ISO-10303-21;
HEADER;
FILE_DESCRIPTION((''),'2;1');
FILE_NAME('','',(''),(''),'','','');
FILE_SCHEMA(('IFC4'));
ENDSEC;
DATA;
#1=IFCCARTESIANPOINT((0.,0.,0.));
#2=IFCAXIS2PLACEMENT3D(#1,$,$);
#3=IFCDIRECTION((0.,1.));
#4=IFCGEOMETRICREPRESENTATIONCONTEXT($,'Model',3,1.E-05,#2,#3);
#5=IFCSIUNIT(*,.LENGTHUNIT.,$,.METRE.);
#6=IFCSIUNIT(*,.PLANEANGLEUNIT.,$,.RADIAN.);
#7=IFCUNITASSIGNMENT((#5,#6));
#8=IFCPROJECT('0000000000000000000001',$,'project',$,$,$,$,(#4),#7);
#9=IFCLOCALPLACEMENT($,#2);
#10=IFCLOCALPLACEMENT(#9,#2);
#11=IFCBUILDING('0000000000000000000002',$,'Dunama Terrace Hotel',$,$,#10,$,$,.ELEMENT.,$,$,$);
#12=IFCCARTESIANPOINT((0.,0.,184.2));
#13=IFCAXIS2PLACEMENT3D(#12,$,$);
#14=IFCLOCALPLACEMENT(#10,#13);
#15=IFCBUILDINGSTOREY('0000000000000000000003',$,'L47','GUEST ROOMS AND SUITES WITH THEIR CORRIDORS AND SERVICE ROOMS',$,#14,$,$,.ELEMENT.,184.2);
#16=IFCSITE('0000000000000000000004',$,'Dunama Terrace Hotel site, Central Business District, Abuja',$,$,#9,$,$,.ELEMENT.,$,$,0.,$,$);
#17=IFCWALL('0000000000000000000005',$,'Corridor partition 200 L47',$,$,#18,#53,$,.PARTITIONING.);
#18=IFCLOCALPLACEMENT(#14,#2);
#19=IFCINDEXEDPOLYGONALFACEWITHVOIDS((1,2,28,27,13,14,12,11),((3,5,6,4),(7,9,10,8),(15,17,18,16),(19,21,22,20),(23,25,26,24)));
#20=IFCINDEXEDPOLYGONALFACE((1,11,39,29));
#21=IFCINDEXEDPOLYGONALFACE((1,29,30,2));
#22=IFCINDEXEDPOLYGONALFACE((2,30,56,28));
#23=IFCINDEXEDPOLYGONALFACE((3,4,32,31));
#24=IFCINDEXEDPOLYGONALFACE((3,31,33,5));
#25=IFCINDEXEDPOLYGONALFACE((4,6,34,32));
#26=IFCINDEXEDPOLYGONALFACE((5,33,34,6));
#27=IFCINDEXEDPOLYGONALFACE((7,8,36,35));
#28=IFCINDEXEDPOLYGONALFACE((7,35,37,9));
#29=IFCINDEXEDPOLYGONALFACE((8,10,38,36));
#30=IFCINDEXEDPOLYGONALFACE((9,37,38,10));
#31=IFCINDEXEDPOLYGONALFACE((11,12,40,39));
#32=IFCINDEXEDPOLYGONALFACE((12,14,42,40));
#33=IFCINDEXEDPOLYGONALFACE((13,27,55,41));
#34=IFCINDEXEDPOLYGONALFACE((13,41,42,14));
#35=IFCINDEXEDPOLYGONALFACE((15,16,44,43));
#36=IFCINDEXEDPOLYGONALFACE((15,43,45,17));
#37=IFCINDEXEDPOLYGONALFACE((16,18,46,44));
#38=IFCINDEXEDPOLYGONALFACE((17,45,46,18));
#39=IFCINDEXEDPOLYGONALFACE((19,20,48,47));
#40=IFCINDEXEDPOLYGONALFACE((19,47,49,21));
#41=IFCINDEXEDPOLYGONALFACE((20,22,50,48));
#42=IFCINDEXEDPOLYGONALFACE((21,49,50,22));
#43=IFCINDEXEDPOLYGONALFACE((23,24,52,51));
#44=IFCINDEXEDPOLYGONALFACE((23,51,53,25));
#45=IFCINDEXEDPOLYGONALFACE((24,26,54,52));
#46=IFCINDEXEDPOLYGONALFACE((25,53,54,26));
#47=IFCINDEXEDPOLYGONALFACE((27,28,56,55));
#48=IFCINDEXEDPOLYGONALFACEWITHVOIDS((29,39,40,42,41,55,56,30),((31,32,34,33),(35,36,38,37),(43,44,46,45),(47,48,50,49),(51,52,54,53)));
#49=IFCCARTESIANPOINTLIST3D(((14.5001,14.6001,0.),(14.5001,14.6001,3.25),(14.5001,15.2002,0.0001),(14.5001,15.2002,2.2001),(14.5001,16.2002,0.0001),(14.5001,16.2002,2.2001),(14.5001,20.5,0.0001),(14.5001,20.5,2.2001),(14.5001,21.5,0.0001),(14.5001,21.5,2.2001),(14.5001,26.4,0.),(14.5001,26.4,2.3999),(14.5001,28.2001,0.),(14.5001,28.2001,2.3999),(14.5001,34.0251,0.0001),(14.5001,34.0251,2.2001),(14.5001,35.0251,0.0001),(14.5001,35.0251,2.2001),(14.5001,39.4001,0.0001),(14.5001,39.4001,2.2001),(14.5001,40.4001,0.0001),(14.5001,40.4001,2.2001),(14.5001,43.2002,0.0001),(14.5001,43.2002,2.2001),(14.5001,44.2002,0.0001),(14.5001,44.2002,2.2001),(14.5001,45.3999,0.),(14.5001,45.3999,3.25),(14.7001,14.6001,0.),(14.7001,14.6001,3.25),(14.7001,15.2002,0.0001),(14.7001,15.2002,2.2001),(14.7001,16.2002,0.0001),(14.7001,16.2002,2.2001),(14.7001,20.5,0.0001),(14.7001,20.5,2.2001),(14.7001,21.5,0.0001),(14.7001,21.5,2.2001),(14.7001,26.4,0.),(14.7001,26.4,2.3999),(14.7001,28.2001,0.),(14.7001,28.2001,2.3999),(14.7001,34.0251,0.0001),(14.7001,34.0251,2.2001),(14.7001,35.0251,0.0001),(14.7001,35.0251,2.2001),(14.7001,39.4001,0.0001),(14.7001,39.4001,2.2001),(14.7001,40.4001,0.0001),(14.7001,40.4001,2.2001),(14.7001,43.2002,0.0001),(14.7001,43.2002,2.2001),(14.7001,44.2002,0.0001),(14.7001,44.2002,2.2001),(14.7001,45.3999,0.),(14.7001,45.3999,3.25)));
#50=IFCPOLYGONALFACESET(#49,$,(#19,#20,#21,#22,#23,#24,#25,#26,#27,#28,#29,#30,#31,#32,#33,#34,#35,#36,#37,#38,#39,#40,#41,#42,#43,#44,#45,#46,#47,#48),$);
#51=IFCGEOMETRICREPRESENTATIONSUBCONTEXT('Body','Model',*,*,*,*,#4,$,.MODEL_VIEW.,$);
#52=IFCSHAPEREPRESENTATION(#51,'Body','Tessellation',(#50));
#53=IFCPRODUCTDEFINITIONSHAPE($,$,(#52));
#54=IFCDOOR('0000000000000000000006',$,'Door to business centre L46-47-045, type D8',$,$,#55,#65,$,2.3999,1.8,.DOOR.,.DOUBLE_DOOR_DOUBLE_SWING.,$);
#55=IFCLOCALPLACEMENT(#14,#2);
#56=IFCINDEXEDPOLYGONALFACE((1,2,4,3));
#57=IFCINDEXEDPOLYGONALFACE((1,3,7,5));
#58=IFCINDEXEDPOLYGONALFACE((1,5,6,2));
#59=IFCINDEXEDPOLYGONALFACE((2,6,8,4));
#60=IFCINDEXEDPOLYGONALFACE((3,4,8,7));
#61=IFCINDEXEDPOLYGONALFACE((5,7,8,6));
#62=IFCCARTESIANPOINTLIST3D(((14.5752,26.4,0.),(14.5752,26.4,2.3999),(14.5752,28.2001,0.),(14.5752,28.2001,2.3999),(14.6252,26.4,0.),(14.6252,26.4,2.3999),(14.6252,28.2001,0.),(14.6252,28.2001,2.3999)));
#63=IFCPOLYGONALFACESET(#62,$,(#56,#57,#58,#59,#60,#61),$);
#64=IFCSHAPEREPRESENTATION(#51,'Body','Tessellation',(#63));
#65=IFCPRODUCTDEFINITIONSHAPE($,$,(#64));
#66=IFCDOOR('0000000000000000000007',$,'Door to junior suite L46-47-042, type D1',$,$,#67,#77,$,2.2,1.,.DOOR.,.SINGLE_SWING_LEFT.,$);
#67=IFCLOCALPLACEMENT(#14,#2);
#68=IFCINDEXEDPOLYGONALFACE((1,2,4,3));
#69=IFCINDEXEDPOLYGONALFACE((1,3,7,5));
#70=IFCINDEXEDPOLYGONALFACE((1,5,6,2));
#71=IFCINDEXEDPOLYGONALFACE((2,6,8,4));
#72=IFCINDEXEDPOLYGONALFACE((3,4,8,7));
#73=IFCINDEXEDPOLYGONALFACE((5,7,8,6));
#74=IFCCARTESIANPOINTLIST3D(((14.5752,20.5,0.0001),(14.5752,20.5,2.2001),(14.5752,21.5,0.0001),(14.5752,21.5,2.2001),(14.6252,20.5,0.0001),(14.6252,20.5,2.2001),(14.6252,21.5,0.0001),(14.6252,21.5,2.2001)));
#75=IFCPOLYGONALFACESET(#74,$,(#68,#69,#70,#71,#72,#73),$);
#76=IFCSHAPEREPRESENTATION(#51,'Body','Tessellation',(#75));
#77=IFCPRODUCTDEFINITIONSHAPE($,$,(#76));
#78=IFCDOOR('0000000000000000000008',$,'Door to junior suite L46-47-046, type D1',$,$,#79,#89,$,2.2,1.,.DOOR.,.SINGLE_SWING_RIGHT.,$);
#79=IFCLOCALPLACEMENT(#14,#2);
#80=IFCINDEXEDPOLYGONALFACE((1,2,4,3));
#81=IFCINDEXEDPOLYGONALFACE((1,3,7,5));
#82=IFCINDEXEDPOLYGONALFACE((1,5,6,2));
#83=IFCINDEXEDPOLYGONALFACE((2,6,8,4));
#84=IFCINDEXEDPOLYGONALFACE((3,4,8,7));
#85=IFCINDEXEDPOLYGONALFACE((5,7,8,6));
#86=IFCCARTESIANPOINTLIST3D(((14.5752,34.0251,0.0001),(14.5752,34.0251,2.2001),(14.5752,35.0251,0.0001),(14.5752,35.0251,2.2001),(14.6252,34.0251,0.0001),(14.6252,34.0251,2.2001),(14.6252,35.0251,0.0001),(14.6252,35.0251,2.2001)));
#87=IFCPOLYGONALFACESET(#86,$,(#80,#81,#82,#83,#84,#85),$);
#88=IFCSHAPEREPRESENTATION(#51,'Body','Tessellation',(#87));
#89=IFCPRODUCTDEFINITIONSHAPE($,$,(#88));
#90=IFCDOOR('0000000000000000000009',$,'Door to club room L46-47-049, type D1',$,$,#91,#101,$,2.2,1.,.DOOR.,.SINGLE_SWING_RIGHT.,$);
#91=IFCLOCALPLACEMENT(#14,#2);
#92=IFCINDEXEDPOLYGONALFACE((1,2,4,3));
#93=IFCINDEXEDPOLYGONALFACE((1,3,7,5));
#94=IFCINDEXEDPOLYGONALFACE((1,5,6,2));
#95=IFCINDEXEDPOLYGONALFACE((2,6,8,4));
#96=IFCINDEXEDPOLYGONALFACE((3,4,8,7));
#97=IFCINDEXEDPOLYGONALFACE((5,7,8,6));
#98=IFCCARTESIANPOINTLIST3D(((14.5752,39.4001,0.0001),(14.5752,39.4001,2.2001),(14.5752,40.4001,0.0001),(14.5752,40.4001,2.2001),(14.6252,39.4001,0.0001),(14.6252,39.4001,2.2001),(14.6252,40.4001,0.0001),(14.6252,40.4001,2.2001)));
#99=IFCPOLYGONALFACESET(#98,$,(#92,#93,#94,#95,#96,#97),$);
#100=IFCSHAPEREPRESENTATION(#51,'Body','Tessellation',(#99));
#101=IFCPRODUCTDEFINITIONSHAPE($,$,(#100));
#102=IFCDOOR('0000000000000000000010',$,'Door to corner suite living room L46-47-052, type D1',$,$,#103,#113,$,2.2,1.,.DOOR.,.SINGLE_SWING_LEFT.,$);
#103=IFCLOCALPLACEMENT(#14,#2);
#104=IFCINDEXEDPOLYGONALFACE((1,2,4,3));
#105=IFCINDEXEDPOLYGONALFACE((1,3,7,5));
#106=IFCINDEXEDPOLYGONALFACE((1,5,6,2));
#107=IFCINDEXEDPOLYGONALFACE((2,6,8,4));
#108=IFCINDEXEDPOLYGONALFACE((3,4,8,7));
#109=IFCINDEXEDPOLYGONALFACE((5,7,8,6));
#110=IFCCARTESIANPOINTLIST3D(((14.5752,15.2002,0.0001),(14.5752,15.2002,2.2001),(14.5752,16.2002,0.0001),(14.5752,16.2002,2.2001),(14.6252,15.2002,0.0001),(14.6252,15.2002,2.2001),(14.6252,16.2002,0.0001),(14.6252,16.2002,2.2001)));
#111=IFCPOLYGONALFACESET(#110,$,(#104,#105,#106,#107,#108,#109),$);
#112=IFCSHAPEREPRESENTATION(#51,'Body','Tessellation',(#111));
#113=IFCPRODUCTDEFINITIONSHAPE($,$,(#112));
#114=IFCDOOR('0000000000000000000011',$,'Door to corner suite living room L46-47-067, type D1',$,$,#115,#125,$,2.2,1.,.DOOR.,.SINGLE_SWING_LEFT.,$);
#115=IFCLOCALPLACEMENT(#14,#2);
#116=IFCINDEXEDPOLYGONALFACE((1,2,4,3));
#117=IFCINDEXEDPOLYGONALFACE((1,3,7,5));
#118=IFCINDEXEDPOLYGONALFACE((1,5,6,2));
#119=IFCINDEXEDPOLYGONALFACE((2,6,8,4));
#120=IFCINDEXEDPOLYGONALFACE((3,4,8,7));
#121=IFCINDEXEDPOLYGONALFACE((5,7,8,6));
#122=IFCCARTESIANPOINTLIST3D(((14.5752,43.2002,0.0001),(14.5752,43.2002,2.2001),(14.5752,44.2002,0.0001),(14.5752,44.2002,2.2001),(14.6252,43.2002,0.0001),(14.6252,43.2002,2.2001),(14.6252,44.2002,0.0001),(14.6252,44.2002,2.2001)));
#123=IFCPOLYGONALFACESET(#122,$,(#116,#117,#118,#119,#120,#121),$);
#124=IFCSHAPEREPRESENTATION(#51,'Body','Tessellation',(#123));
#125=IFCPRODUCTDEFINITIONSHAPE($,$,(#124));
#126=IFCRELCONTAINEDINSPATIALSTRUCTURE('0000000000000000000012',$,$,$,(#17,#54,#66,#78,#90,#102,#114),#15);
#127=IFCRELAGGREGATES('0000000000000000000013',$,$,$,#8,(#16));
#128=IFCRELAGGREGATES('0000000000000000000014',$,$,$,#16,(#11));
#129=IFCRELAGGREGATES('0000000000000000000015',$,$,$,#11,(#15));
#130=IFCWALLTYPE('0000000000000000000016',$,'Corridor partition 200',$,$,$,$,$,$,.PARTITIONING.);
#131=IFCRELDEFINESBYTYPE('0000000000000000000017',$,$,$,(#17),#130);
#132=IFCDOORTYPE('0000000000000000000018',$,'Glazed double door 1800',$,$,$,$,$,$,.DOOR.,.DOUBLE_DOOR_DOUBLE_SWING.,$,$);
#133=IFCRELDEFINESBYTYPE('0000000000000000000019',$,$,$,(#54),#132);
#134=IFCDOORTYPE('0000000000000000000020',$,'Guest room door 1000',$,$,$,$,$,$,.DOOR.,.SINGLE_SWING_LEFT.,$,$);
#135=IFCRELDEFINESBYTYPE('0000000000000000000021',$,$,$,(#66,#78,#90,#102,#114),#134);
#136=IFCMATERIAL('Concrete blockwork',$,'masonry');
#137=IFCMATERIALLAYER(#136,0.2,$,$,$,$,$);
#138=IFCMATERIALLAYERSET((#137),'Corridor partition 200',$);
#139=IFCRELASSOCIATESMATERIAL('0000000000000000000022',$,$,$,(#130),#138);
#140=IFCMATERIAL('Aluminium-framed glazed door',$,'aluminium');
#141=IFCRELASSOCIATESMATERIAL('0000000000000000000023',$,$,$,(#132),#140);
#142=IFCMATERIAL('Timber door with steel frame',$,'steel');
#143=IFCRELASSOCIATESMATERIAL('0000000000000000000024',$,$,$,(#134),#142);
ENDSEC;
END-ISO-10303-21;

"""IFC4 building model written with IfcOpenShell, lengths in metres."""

from ifc_helpers import new_model, si_unit, direction, frame, frame_2d, origin, place, context, subcontext, project, spatial, rectangle, extrude, material, layer, layer_set, type_object, element, fill, save


model = new_model("IFC4")

# Units and contexts
model_context = context("Model", 3, precision=1e-05, world=origin(), true_north=direction((0.0, 1.0)))
body_context = subcontext(model_context, "Body", "Model", "MODEL_VIEW")
ifc_project = project(units=[si_unit("LENGTHUNIT", "METRE"), si_unit("PLANEANGLEUNIT", "RADIAN")], contexts=[model_context])

# Site, building, storey
site_placement = place(None, origin())
site = spatial("IfcSite", under=ifc_project, at=site_placement, Name="Dunama Terrace Hotel site, Central Business District, Abuja", CompositionType="ELEMENT", RefElevation=0.0)
building_placement = place(site_placement, origin())
building = spatial("IfcBuilding", under=site, at=building_placement, Name="Dunama Terrace Hotel", CompositionType="ELEMENT")
storey_placement = place(building_placement, frame((0.0, 0.0, 184.2)))
storey = spatial("IfcBuildingStorey", under=building, at=storey_placement, Name="L47", Description="GUEST ROOMS AND SUITES WITH THEIR CORRIDORS AND SERVICE ROOMS", CompositionType="ELEMENT", Elevation=184.2)

# Wall, openings, doors
ifc_material_1 = material(Name="Concrete blockwork", Category="masonry")
ifc_layer_1 = layer(ifc_material_1, 0.2)
ifc_layer_set_1 = layer_set([ifc_layer_1], Name="Corridor partition 200")
wall_type_1 = type_object("IfcWallType", Name="Corridor partition 200", PredefinedType="PARTITIONING", material=ifc_layer_set_1)
wall_1_placement = place(storey_placement, frame((14.6001, 14.6001, 0.0), z_axis=(0.0, 0.0, 1.0), x_axis=(0.0, 1.0, 0.0)))
wall_1 = element("IfcWall", 1, at=wall_1_placement, inside=storey, type_object=wall_type_1, Name="Corridor partition 200 L47", PredefinedType="PARTITIONING", context=body_context, shape_type="SweptSolid", body=[
    extrude(rectangle(XDim=30.7998, YDim=0.2, at=frame_2d((15.3999, 0.0))), origin(), (0.0, 0.0, 1.0), 3.25),
])
opening_1_placement = place(wall_1_placement, frame((5.8999, 0.0, 0.0)))
opening_1 = element("IfcOpeningElement", 2, at=opening_1_placement, cuts=wall_1, PredefinedType="OPENING", context=body_context, shape_type="SweptSolid", body=[
    extrude(rectangle(XDim=1.0, YDim=2.2, at=frame_2d((0.5, 1.1001))), frame((0.0, 0.1099, 0.0), z_axis=(0.0, -1.0, 0.0), x_axis=(1.0, 0.0, 0.0)), (0.0, 0.0, 1.0), 0.22),
])
opening_2_placement = place(wall_1_placement, frame((11.8, 0.0, 0.0)))
opening_2 = element("IfcOpeningElement", 3, at=opening_2_placement, cuts=wall_1, PredefinedType="OPENING", context=body_context, shape_type="SweptSolid", body=[
    extrude(rectangle(XDim=1.8, YDim=2.3999, at=frame_2d((0.8999, 1.2))), frame((0.0, 0.1099, 0.0), z_axis=(0.0, -1.0, 0.0), x_axis=(1.0, 0.0, 0.0)), (0.0, 0.0, 1.0), 0.22),
])
opening_3_placement = place(wall_1_placement, frame((19.425, 0.0, 0.0)))
opening_3 = element("IfcOpeningElement", 4, at=opening_3_placement, cuts=wall_1, PredefinedType="OPENING", context=body_context, shape_type="SweptSolid", body=[
    extrude(rectangle(XDim=1.0, YDim=2.2, at=frame_2d((0.5, 1.1001))), frame((0.0, 0.1099, 0.0), z_axis=(0.0, -1.0, 0.0), x_axis=(1.0, 0.0, 0.0)), (0.0, 0.0, 1.0), 0.22),
])
opening_4_placement = place(wall_1_placement, frame((24.8, 0.0, 0.0)))
opening_4 = element("IfcOpeningElement", 5, at=opening_4_placement, cuts=wall_1, PredefinedType="OPENING", context=body_context, shape_type="SweptSolid", body=[
    extrude(rectangle(XDim=1.0, YDim=2.2, at=frame_2d((0.5, 1.1001))), frame((0.0, 0.1099, 0.0), z_axis=(0.0, -1.0, 0.0), x_axis=(1.0, 0.0, 0.0)), (0.0, 0.0, 1.0), 0.22),
])
opening_5_placement = place(wall_1_placement, frame((0.6001, 0.0, 0.0)))
opening_5 = element("IfcOpeningElement", 6, at=opening_5_placement, cuts=wall_1, PredefinedType="OPENING", context=body_context, shape_type="SweptSolid", body=[
    extrude(rectangle(XDim=1.0, YDim=2.2, at=frame_2d((0.5, 1.1001))), frame((0.0, 0.1099, 0.0), z_axis=(0.0, -1.0, 0.0), x_axis=(1.0, 0.0, 0.0)), (0.0, 0.0, 1.0), 0.22),
])
opening_6_placement = place(wall_1_placement, frame((28.6001, 0.0, 0.0)))
opening_6 = element("IfcOpeningElement", 7, at=opening_6_placement, cuts=wall_1, PredefinedType="OPENING", context=body_context, shape_type="SweptSolid", body=[
    extrude(rectangle(XDim=1.0, YDim=2.2, at=frame_2d((0.5, 1.1001))), frame((0.0, 0.1099, 0.0), z_axis=(0.0, -1.0, 0.0), x_axis=(1.0, 0.0, 0.0)), (0.0, 0.0, 1.0), 0.22),
])
ifc_material_2 = material(Name="Aluminium-framed glazed door", Category="aluminium")
door_type_1 = type_object("IfcDoorType", Name="Glazed double door 1800", OperationType="DOUBLE_DOOR_DOUBLE_SWING", PredefinedType="DOOR", material=ifc_material_2)
door_1_placement = place(opening_2_placement, origin())
door_1 = element("IfcDoor", 8, at=door_1_placement, inside=storey, type_object=door_type_1, Name="Door to business centre L46-47-045, type D8", OperationType="DOUBLE_DOOR_DOUBLE_SWING", OverallHeight=2.3999, OverallWidth=1.8, PredefinedType="DOOR", context=body_context, shape_type="SweptSolid", body=[
    extrude(rectangle(XDim=1.8, YDim=2.3999, at=frame_2d((0.8999, 1.2))), frame((0.0, 0.0249, 0.0), z_axis=(0.0, -1.0, 0.0), x_axis=(1.0, 0.0, 0.0)), (0.0, 0.0, 1.0), 0.05),
])
fill(opening_2, door_1)
ifc_material_3 = material(Name="Timber door with steel frame", Category="steel")
door_type_2 = type_object("IfcDoorType", Name="Guest room door 1000", OperationType="SINGLE_SWING_LEFT", PredefinedType="DOOR", material=ifc_material_3)
door_2_placement = place(opening_1_placement, origin())
door_2 = element("IfcDoor", 9, at=door_2_placement, inside=storey, type_object=door_type_2, Name="Door to junior suite L46-47-042, type D1", OperationType="SINGLE_SWING_LEFT", OverallHeight=2.2, OverallWidth=1.0, PredefinedType="DOOR", context=body_context, shape_type="SweptSolid", body=[
    extrude(rectangle(XDim=1.0, YDim=2.2, at=frame_2d((0.5, 1.1001))), frame((0.0, 0.0249, 0.0), z_axis=(0.0, -1.0, 0.0), x_axis=(1.0, 0.0, 0.0)), (0.0, 0.0, 1.0), 0.05),
])
fill(opening_1, door_2)
door_3_placement = place(opening_3_placement, origin())
door_3 = element("IfcDoor", 10, at=door_3_placement, inside=storey, type_object=door_type_2, Name="Door to junior suite L46-47-046, type D1", OperationType="SINGLE_SWING_RIGHT", OverallHeight=2.2, OverallWidth=1.0, PredefinedType="DOOR", context=body_context, shape_type="SweptSolid", body=[
    extrude(rectangle(XDim=1.0, YDim=2.2, at=frame_2d((0.5, 1.1001))), frame((0.0, 0.0249, 0.0), z_axis=(0.0, -1.0, 0.0), x_axis=(1.0, 0.0, 0.0)), (0.0, 0.0, 1.0), 0.05),
])
fill(opening_3, door_3)
door_4_placement = place(opening_4_placement, origin())
door_4 = element("IfcDoor", 11, at=door_4_placement, inside=storey, type_object=door_type_2, Name="Door to club room L46-47-049, type D1", OperationType="SINGLE_SWING_RIGHT", OverallHeight=2.2, OverallWidth=1.0, PredefinedType="DOOR", context=body_context, shape_type="SweptSolid", body=[
    extrude(rectangle(XDim=1.0, YDim=2.2, at=frame_2d((0.5, 1.1001))), frame((0.0, 0.0249, 0.0), z_axis=(0.0, -1.0, 0.0), x_axis=(1.0, 0.0, 0.0)), (0.0, 0.0, 1.0), 0.05),
])
fill(opening_4, door_4)
door_5_placement = place(opening_5_placement, origin())
door_5 = element("IfcDoor", 12, at=door_5_placement, inside=storey, type_object=door_type_2, Name="Door to corner suite living room L46-47-052, type D1", OperationType="SINGLE_SWING_LEFT", OverallHeight=2.2, OverallWidth=1.0, PredefinedType="DOOR", context=body_context, shape_type="SweptSolid", body=[
    extrude(rectangle(XDim=1.0, YDim=2.2, at=frame_2d((0.5, 1.1001))), frame((0.0, 0.0249, 0.0), z_axis=(0.0, -1.0, 0.0), x_axis=(1.0, 0.0, 0.0)), (0.0, 0.0, 1.0), 0.05),
])
fill(opening_5, door_5)
door_6_placement = place(opening_6_placement, origin())
door_6 = element("IfcDoor", 13, at=door_6_placement, inside=storey, type_object=door_type_2, Name="Door to corner suite living room L46-47-067, type D1", OperationType="SINGLE_SWING_LEFT", OverallHeight=2.2, OverallWidth=1.0, PredefinedType="DOOR", context=body_context, shape_type="SweptSolid", body=[
    extrude(rectangle(XDim=1.0, YDim=2.2, at=frame_2d((0.5, 1.1001))), frame((0.0, 0.0249, 0.0), z_axis=(0.0, -1.0, 0.0), x_axis=(1.0, 0.0, 0.0)), (0.0, 0.0, 1.0), 0.05),
])
fill(opening_6, door_6)

save(model, "model.ifc")
